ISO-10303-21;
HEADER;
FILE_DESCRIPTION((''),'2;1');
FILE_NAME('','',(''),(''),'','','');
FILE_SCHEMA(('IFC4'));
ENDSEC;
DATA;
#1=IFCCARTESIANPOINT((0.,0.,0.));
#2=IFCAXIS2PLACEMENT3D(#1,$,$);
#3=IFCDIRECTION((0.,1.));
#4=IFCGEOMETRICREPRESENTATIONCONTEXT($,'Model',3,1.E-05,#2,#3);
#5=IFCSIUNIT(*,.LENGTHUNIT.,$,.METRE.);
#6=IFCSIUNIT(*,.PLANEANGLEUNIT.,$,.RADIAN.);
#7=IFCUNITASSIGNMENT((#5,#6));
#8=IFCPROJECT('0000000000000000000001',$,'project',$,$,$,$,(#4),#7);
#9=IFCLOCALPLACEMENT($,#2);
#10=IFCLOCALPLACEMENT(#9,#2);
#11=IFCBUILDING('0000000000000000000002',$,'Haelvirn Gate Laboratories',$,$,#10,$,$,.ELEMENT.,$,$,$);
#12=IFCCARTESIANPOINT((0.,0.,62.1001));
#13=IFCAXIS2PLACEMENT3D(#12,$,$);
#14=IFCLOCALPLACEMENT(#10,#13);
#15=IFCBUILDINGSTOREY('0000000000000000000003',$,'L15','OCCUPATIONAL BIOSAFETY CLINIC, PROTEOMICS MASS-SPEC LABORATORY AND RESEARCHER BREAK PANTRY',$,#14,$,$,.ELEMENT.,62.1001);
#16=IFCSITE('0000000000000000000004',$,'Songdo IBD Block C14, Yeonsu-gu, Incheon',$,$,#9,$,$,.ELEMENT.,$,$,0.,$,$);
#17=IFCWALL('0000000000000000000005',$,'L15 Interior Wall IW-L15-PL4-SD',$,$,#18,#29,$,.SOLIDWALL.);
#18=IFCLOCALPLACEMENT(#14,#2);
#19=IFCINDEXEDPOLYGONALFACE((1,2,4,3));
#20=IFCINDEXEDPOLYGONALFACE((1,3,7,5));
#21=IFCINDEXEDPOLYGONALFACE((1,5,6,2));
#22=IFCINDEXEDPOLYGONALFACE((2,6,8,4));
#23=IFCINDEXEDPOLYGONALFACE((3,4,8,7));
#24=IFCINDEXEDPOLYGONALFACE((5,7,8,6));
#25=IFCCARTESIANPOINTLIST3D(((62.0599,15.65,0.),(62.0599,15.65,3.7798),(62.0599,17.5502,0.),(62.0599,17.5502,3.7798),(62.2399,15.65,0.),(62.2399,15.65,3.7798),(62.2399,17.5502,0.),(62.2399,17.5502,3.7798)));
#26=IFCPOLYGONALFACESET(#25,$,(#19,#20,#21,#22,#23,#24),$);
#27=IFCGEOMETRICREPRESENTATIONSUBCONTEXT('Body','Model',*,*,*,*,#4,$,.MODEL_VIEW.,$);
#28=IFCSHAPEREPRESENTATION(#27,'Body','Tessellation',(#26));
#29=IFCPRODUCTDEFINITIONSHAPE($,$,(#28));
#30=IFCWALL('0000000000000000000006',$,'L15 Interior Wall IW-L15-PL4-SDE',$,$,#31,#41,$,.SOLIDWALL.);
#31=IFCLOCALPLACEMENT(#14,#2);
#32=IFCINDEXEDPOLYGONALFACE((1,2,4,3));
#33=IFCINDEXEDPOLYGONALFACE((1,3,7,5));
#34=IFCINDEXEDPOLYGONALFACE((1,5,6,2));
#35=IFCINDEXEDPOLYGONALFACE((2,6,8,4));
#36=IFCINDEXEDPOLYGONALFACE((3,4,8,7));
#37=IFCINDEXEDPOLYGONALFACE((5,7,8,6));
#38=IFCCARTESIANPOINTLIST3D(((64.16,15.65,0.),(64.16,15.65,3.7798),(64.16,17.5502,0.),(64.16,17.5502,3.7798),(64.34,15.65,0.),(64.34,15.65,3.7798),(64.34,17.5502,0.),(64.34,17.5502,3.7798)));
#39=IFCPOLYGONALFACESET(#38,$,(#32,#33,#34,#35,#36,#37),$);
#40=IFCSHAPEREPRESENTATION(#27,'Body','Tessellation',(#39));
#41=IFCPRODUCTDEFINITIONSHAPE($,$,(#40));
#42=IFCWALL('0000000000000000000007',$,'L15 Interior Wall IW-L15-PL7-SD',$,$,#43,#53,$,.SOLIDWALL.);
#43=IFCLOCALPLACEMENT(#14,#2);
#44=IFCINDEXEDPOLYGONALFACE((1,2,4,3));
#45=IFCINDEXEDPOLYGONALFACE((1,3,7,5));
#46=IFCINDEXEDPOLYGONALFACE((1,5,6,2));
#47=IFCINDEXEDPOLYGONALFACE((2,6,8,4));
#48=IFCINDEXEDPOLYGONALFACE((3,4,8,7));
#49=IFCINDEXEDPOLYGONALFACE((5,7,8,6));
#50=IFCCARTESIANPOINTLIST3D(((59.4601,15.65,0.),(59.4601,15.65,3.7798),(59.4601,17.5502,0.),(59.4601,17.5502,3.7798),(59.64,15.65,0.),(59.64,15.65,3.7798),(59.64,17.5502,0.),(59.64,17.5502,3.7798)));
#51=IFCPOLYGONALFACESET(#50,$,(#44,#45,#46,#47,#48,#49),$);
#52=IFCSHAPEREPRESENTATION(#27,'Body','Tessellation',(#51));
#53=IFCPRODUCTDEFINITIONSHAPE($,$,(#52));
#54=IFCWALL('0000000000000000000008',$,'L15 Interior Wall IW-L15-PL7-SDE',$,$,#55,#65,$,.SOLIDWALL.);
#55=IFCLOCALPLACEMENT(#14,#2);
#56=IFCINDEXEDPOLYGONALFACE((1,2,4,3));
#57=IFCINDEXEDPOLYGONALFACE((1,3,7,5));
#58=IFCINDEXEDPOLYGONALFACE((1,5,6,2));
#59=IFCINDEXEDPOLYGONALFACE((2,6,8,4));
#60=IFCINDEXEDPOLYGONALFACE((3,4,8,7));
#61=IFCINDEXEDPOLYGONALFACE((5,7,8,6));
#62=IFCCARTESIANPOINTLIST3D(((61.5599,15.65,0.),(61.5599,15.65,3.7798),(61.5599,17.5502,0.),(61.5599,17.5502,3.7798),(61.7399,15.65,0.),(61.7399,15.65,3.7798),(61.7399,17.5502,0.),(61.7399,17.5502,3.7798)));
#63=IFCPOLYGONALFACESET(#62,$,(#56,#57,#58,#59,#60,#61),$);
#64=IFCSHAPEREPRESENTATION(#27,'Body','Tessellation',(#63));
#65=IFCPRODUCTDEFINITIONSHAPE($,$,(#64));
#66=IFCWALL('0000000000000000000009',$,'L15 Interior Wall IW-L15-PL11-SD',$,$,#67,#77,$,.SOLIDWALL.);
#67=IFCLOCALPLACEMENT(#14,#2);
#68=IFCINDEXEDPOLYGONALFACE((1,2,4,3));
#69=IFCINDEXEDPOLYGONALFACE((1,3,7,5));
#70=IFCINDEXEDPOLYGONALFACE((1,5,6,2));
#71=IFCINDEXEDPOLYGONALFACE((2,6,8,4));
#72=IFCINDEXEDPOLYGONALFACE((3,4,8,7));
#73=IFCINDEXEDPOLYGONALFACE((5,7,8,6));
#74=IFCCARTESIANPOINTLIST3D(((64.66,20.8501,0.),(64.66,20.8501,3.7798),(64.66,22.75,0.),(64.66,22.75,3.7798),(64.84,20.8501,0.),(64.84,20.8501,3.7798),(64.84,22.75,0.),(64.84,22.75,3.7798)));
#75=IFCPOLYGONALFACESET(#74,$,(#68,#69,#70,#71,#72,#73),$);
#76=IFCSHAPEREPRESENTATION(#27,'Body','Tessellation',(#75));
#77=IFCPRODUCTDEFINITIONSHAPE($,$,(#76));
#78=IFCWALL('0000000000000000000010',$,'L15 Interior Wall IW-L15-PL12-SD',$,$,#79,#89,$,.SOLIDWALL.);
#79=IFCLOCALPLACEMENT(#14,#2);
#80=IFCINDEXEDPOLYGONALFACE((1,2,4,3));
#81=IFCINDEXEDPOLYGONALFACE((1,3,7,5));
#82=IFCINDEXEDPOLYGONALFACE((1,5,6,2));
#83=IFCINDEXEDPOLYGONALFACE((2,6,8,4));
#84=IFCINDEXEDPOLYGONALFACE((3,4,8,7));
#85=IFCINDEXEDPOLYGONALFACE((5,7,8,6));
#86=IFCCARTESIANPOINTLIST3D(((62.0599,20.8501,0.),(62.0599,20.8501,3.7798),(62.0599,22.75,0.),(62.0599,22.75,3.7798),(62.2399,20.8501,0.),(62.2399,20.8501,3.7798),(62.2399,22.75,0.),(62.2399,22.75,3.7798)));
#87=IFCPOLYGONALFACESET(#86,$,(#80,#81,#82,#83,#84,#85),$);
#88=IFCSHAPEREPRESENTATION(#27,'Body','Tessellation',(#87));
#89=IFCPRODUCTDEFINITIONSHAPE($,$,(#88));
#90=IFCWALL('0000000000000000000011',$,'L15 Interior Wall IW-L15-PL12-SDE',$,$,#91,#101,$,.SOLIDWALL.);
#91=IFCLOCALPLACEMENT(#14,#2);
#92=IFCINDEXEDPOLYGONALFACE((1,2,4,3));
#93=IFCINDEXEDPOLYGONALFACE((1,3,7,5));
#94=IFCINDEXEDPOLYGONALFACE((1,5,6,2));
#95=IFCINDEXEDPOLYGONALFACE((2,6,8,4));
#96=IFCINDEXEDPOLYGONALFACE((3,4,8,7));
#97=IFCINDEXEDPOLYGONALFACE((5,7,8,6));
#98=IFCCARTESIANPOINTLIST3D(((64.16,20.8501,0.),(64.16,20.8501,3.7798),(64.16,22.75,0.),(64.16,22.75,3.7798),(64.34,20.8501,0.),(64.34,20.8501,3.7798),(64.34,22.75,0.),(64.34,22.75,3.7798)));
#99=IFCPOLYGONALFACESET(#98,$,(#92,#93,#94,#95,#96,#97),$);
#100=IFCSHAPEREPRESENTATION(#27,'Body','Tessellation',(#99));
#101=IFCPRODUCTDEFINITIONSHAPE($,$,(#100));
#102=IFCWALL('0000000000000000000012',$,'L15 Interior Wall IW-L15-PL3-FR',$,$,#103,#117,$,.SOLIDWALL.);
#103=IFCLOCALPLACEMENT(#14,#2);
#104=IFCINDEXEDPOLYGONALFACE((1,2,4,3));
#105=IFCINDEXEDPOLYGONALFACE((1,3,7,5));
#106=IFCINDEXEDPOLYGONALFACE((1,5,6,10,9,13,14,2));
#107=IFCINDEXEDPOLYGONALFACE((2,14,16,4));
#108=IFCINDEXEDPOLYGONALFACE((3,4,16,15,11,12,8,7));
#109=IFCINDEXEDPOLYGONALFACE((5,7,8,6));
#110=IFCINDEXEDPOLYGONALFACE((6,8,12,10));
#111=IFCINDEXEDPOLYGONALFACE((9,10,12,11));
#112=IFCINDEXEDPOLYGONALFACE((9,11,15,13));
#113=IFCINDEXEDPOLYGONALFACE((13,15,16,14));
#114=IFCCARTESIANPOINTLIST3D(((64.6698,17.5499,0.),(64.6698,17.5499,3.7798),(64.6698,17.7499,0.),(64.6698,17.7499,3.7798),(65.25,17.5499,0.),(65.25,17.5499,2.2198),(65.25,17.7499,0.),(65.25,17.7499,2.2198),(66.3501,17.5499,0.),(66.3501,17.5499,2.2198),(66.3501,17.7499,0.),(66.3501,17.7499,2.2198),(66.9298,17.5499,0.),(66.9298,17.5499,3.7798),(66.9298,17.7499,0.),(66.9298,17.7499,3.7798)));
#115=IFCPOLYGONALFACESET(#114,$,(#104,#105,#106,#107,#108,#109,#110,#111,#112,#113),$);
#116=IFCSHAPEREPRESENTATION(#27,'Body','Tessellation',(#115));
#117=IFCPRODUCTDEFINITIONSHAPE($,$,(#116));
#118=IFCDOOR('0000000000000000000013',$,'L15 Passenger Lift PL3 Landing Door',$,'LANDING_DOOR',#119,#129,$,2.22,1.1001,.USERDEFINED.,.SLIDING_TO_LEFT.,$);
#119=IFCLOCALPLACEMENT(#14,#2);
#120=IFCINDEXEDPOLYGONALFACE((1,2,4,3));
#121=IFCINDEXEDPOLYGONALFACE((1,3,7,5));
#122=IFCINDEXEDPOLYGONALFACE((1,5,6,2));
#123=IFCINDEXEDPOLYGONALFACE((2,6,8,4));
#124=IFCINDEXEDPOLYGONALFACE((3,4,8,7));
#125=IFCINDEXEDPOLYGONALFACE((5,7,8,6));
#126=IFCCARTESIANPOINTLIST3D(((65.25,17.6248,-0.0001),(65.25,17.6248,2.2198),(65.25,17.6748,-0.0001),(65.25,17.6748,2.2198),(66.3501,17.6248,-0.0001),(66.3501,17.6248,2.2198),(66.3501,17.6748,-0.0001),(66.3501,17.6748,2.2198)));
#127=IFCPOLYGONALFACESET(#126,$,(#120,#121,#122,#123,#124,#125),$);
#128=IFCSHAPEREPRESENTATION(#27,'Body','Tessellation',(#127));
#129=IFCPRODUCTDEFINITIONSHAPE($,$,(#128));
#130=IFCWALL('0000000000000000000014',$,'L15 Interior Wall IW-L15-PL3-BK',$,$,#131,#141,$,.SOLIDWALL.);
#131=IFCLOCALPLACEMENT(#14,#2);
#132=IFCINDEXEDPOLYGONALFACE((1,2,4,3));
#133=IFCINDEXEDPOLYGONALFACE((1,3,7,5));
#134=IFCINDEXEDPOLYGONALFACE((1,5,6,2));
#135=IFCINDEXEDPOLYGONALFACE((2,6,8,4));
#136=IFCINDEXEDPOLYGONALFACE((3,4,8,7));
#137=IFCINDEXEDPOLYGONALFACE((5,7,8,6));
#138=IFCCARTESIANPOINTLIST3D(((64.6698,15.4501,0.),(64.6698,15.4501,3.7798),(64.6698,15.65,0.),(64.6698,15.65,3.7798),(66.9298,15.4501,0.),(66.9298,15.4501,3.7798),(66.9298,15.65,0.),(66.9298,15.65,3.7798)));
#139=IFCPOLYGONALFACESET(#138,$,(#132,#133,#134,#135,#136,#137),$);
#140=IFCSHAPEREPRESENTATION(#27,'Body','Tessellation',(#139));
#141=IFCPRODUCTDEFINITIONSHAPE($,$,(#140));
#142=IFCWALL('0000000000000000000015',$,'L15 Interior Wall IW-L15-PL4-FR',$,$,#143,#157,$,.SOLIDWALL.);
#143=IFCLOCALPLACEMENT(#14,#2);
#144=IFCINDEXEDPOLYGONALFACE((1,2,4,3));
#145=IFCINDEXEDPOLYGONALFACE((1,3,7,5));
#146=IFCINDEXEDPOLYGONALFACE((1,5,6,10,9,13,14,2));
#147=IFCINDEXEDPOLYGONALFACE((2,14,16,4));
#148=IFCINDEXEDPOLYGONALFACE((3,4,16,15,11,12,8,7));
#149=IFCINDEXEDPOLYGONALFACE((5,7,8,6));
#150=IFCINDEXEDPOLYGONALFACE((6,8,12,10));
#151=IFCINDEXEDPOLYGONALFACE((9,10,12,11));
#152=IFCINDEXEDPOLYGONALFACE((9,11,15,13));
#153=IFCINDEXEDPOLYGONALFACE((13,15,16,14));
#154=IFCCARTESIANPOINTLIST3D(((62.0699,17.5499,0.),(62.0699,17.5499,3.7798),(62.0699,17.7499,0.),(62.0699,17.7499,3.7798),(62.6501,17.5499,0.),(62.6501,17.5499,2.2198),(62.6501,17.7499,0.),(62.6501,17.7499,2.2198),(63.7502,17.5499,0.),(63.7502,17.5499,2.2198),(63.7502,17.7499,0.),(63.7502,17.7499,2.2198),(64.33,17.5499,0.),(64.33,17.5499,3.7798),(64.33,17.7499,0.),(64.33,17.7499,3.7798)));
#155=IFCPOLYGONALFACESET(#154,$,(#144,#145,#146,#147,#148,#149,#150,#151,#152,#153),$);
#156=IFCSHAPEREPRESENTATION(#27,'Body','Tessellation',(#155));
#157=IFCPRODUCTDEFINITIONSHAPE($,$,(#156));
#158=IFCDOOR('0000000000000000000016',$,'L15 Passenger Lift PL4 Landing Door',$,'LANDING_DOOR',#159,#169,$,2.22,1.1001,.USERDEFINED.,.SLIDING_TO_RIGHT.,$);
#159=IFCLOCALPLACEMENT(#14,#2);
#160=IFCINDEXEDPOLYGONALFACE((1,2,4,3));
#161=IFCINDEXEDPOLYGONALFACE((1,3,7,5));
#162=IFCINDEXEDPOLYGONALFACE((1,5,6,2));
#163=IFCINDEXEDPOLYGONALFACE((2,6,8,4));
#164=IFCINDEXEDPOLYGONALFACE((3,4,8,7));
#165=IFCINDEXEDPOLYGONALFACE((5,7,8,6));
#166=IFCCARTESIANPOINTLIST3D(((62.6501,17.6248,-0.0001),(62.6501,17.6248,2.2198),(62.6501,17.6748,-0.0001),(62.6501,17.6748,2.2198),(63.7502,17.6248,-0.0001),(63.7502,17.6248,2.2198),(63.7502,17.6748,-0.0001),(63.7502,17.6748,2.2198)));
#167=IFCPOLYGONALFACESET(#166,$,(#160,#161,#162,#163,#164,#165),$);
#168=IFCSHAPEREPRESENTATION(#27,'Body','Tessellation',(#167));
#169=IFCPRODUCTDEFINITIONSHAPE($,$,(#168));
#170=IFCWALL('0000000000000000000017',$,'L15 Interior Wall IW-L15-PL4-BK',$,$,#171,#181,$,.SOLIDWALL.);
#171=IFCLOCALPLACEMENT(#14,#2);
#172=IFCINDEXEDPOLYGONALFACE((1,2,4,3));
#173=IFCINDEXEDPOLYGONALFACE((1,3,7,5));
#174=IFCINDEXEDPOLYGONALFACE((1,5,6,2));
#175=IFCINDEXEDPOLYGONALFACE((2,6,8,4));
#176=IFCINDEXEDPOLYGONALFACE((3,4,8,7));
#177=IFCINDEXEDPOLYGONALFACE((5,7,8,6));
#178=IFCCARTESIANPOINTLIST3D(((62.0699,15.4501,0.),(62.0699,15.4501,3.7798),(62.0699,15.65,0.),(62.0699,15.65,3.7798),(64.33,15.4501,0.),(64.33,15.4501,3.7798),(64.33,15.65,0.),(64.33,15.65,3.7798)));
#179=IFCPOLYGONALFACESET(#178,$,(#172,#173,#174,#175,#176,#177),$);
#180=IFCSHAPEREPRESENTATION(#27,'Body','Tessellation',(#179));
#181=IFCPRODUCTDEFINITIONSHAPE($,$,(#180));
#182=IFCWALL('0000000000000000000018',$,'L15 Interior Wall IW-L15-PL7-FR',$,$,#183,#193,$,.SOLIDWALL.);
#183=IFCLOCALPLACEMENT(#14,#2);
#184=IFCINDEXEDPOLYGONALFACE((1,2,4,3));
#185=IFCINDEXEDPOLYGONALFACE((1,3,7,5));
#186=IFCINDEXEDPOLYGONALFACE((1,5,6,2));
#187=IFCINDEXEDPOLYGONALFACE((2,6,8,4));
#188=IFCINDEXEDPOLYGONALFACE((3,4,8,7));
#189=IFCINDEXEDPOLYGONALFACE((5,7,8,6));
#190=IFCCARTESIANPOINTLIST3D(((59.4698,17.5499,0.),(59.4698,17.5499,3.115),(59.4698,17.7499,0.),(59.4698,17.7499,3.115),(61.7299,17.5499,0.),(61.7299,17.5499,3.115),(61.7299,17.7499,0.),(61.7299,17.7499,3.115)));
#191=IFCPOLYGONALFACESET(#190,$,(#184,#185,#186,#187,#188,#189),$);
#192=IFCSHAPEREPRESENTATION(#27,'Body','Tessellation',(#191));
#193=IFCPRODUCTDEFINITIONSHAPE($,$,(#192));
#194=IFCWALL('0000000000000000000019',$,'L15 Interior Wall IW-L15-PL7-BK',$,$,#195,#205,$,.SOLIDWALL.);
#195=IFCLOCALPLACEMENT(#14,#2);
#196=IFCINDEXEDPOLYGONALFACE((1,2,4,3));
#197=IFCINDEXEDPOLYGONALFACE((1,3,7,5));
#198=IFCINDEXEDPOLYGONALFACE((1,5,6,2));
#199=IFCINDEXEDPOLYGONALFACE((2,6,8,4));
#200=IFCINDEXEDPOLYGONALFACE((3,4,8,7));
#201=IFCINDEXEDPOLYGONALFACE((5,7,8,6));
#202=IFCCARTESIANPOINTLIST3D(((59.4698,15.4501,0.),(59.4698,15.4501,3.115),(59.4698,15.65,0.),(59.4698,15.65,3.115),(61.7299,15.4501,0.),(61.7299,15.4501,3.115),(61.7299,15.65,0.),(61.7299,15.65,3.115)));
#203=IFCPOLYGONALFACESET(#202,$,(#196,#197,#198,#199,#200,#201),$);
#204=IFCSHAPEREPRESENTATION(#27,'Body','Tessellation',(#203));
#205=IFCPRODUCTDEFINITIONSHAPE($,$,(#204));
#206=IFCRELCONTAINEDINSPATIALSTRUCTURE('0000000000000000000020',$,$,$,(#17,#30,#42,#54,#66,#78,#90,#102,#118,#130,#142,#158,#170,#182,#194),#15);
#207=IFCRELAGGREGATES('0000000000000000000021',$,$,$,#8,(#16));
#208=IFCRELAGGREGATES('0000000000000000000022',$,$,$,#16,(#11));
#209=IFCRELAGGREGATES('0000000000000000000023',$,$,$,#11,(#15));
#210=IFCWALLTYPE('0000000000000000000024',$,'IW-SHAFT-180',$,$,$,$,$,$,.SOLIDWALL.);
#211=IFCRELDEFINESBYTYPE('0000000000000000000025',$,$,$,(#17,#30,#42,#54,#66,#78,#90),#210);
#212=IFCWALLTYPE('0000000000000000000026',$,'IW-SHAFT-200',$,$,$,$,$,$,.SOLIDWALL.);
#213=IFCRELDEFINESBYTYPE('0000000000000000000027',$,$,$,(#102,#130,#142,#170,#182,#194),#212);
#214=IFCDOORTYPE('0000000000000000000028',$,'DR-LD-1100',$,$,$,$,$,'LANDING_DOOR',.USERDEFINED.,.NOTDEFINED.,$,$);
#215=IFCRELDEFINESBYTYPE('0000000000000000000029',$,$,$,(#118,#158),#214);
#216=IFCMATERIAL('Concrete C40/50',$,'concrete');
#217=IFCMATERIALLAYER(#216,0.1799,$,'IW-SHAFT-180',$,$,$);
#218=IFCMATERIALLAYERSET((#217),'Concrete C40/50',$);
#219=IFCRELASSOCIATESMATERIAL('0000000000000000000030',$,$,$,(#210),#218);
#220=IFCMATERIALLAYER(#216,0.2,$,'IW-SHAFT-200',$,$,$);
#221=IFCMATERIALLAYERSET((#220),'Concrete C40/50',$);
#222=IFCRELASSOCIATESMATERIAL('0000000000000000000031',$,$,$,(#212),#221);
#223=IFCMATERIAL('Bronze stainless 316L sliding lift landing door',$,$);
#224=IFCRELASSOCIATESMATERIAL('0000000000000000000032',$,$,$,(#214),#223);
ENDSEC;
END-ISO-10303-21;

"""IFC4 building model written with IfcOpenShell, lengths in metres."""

from ifc_helpers import new_model, si_unit, direction, frame, frame_2d, origin, place, context, subcontext, project, spatial, rectangle, extrude, source, transform, mapped, material, layer, layer_set, type_object, type_shapes, element, fill, save


model = new_model("IFC4")

# Units and contexts
model_context = context("Model", 3, precision=1e-05, world=origin(), true_north=direction((0.0, 1.0)))
body_context = subcontext(model_context, "Body", "Model", "MODEL_VIEW")
ifc_project = project(units=[si_unit("LENGTHUNIT", "METRE"), si_unit("PLANEANGLEUNIT", "RADIAN")], contexts=[model_context])

# Site, building, storey
site_placement = place(None, origin())
site = spatial("IfcSite", under=ifc_project, at=site_placement, Name="Songdo IBD Block C14, Yeonsu-gu, Incheon", CompositionType="ELEMENT", RefElevation=0.0)
building_placement = place(site_placement, origin())
building = spatial("IfcBuilding", under=site, at=building_placement, Name="Haelvirn Gate Laboratories", CompositionType="ELEMENT")
storey_placement = place(building_placement, frame((0.0, 0.0, 62.1001)))
storey = spatial("IfcBuildingStorey", under=building, at=storey_placement, Name="L15", Description="OCCUPATIONAL BIOSAFETY CLINIC, PROTEOMICS MASS-SPEC LABORATORY AND RESEARCHER BREAK PANTRY", CompositionType="ELEMENT", Elevation=62.1001)

# Walls
ifc_material_1 = material(Name="Concrete C40/50", Category="concrete")
ifc_layer_1 = layer(ifc_material_1, 0.1799, Name="IW-SHAFT-180")
ifc_layer_set_1 = layer_set([ifc_layer_1], Name="Concrete C40/50")
wall_type_1 = type_object("IfcWallType", Name="IW-SHAFT-180", PredefinedType="SOLIDWALL", material=ifc_layer_set_1)
for number, where, z_axis, x_axis, name in (
    (1, (62.1499, 15.6499, 0.0), (0.0, 0.0, 1.0), (0.0, 1.0, 0.0), "L15 Interior Wall IW-L15-PL4-SD"),
    (2, (64.25, 15.6499, 0.0), (0.0, 0.0, 1.0), (0.0, 1.0, 0.0), "L15 Interior Wall IW-L15-PL4-SDE"),
    (3, (59.55, 15.6499, 0.0), (0.0, 0.0, 1.0), (0.0, 1.0, 0.0), "L15 Interior Wall IW-L15-PL7-SD"),
    (4, (61.6499, 15.6499, 0.0), (0.0, 0.0, 1.0), (0.0, 1.0, 0.0), "L15 Interior Wall IW-L15-PL7-SDE"),
):
    element("IfcWall", number, at=place(storey_placement, frame(where, z_axis=z_axis, x_axis=x_axis)), inside=storey, type_object=wall_type_1, Name=name, PredefinedType="SOLIDWALL", context=body_context, shape_type="SweptSolid", body=[
        extrude(rectangle(XDim=1.9001, YDim=0.1799, at=frame_2d((0.9502, 0.0))), origin(), (0.0, 0.0, 1.0), 3.7798),
    ])
for number, where, z_axis, x_axis, name in (
    (5, (64.75, 20.8501, 0.0), (0.0, 0.0, 1.0), (0.0, 1.0, 0.0), "L15 Interior Wall IW-L15-PL11-SD"),
    (6, (62.1499, 20.8501, 0.0), (0.0, 0.0, 1.0), (0.0, 1.0, 0.0), "L15 Interior Wall IW-L15-PL12-SD"),
    (7, (64.25, 20.8501, 0.0), (0.0, 0.0, 1.0), (0.0, 1.0, 0.0), "L15 Interior Wall IW-L15-PL12-SDE"),
):
    element("IfcWall", number, at=place(storey_placement, frame(where, z_axis=z_axis, x_axis=x_axis)), inside=storey, type_object=wall_type_1, Name=name, PredefinedType="SOLIDWALL", context=body_context, shape_type="SweptSolid", body=[
        extrude(rectangle(XDim=1.8999, YDim=0.1799, at=frame_2d((0.95, 0.0))), origin(), (0.0, 0.0, 1.0), 3.7798),
    ])

# Wall, opening, door
ifc_layer_2 = layer(ifc_material_1, 0.2, Name="IW-SHAFT-200")
ifc_layer_set_2 = layer_set([ifc_layer_2], Name="Concrete C40/50")
wall_type_2 = type_object("IfcWallType", Name="IW-SHAFT-200", PredefinedType="SOLIDWALL", material=ifc_layer_set_2)
wall_1_placement = place(storey_placement, frame((64.6699, 17.6499, 0.0), z_axis=(0.0, 0.0, 1.0), x_axis=(1.0, 0.0, 0.0)))
wall_1 = element("IfcWall", 8, at=wall_1_placement, inside=storey, type_object=wall_type_2, Name="L15 Interior Wall IW-L15-PL3-FR", PredefinedType="SOLIDWALL", context=body_context, shape_type="SweptSolid", body=[
    extrude(rectangle(XDim=2.26, YDim=0.2, at=frame_2d((1.1299, 0.0))), origin(), (0.0, 0.0, 1.0), 3.7798),
])
opening_1_placement = place(wall_1_placement, frame((0.5801, 0.0, 0.0)))
opening_1 = element("IfcOpeningElement", 9, at=opening_1_placement, cuts=wall_1, PredefinedType="OPENING", context=body_context, shape_type="SweptSolid", body=[
    extrude(rectangle(XDim=1.1001, YDim=2.22, at=frame_2d((0.55, 1.1099))), frame((0.0, 0.1099, 0.0), z_axis=(0.0, -1.0, 0.0), x_axis=(1.0, 0.0, 0.0)), (0.0, 0.0, 1.0), 0.22),
])
ifc_material_2 = material(Name="Bronze stainless 316L sliding lift landing door")
door_type_1 = type_object("IfcDoorType", Name="DR-LD-1100", ElementType="LANDING_DOOR", OperationType="NOTDEFINED", PredefinedType="USERDEFINED", material=ifc_material_2)
shared_shape_1 = source(origin(), body_context, "Body", "SweptSolid", [
    extrude(rectangle(XDim=1.1001, YDim=2.22, at=frame_2d((0.55, 1.1099))), frame((0.0, 0.0249, 0.0), z_axis=(0.0, -1.0, 0.0), x_axis=(1.0, 0.0, 0.0)), (0.0, 0.0, 1.0), 0.05),
])
type_shapes(door_type_1, [shared_shape_1])
door_1_placement = place(opening_1_placement, origin())
door_1 = element("IfcDoor", 10, at=door_1_placement, inside=storey, type_object=door_type_1, Name="L15 Passenger Lift PL3 Landing Door", ObjectType="LANDING_DOOR", OperationType="SLIDING_TO_LEFT", OverallHeight=2.22, OverallWidth=1.1001, PredefinedType="USERDEFINED", context=body_context, shape_type="MappedRepresentation", body=[
    mapped(shared_shape_1, transform((0.0, 0.0, 0.0), scale=1.0)),
])
fill(opening_1, door_1)

# Wall
wall_2_placement = place(storey_placement, frame((64.6699, 15.55, 0.0), z_axis=(0.0, 0.0, 1.0), x_axis=(1.0, 0.0, 0.0)))
element("IfcWall", 11, at=wall_2_placement, inside=storey, type_object=wall_type_2, Name="L15 Interior Wall IW-L15-PL3-BK", PredefinedType="SOLIDWALL", context=body_context, shape_type="SweptSolid", body=[
    extrude(rectangle(XDim=2.26, YDim=0.2, at=frame_2d((1.1299, 0.0))), origin(), (0.0, 0.0, 1.0), 3.7798),
])

# Wall, opening, door
wall_3_placement = place(storey_placement, frame((62.0701, 17.6499, 0.0), z_axis=(0.0, 0.0, 1.0), x_axis=(1.0, 0.0, 0.0)))
wall_3 = element("IfcWall", 12, at=wall_3_placement, inside=storey, type_object=wall_type_2, Name="L15 Interior Wall IW-L15-PL4-FR", PredefinedType="SOLIDWALL", context=body_context, shape_type="SweptSolid", body=[
    extrude(rectangle(XDim=2.26, YDim=0.2, at=frame_2d((1.1299, 0.0))), origin(), (0.0, 0.0, 1.0), 3.7798),
])
opening_2_placement = place(wall_3_placement, frame((0.5801, 0.0, 0.0)))
opening_2 = element("IfcOpeningElement", 13, at=opening_2_placement, cuts=wall_3, PredefinedType="OPENING", context=body_context, shape_type="SweptSolid", body=[
    extrude(rectangle(XDim=1.1001, YDim=2.22, at=frame_2d((0.55, 1.1099))), frame((0.0, 0.1099, 0.0), z_axis=(0.0, -1.0, 0.0), x_axis=(1.0, 0.0, 0.0)), (0.0, 0.0, 1.0), 0.22),
])
door_2_placement = place(opening_2_placement, origin())
door_2 = element("IfcDoor", 14, at=door_2_placement, inside=storey, type_object=door_type_1, Name="L15 Passenger Lift PL4 Landing Door", ObjectType="LANDING_DOOR", OperationType="SLIDING_TO_RIGHT", OverallHeight=2.22, OverallWidth=1.1001, PredefinedType="USERDEFINED", context=body_context, shape_type="MappedRepresentation", body=[
    mapped(shared_shape_1, transform((0.0, 0.0, 0.0), scale=1.0)),
])
fill(opening_2, door_2)

# Walls
wall_4_placement = place(storey_placement, frame((62.0701, 15.55, 0.0), z_axis=(0.0, 0.0, 1.0), x_axis=(1.0, 0.0, 0.0)))
element("IfcWall", 15, at=wall_4_placement, inside=storey, type_object=wall_type_2, Name="L15 Interior Wall IW-L15-PL4-BK", PredefinedType="SOLIDWALL", context=body_context, shape_type="SweptSolid", body=[
    extrude(rectangle(XDim=2.26, YDim=0.2, at=frame_2d((1.1299, 0.0))), origin(), (0.0, 0.0, 1.0), 3.7798),
])
for number, where, z_axis, x_axis, name in (
    (16, (59.47, 17.6499, 0.0), (0.0, 0.0, 1.0), (1.0, 0.0, 0.0), "L15 Interior Wall IW-L15-PL7-FR"),
    (17, (59.47, 15.55, 0.0), (0.0, 0.0, 1.0), (1.0, 0.0, 0.0), "L15 Interior Wall IW-L15-PL7-BK"),
):
    element("IfcWall", number, at=place(storey_placement, frame(where, z_axis=z_axis, x_axis=x_axis)), inside=storey, type_object=wall_type_2, Name=name, PredefinedType="SOLIDWALL", context=body_context, shape_type="SweptSolid", body=[
        extrude(rectangle(XDim=2.26, YDim=0.2, at=frame_2d((1.1299, 0.0))), origin(), (0.0, 0.0, 1.0), 3.115),
    ])

save(model, "model.ifc")
